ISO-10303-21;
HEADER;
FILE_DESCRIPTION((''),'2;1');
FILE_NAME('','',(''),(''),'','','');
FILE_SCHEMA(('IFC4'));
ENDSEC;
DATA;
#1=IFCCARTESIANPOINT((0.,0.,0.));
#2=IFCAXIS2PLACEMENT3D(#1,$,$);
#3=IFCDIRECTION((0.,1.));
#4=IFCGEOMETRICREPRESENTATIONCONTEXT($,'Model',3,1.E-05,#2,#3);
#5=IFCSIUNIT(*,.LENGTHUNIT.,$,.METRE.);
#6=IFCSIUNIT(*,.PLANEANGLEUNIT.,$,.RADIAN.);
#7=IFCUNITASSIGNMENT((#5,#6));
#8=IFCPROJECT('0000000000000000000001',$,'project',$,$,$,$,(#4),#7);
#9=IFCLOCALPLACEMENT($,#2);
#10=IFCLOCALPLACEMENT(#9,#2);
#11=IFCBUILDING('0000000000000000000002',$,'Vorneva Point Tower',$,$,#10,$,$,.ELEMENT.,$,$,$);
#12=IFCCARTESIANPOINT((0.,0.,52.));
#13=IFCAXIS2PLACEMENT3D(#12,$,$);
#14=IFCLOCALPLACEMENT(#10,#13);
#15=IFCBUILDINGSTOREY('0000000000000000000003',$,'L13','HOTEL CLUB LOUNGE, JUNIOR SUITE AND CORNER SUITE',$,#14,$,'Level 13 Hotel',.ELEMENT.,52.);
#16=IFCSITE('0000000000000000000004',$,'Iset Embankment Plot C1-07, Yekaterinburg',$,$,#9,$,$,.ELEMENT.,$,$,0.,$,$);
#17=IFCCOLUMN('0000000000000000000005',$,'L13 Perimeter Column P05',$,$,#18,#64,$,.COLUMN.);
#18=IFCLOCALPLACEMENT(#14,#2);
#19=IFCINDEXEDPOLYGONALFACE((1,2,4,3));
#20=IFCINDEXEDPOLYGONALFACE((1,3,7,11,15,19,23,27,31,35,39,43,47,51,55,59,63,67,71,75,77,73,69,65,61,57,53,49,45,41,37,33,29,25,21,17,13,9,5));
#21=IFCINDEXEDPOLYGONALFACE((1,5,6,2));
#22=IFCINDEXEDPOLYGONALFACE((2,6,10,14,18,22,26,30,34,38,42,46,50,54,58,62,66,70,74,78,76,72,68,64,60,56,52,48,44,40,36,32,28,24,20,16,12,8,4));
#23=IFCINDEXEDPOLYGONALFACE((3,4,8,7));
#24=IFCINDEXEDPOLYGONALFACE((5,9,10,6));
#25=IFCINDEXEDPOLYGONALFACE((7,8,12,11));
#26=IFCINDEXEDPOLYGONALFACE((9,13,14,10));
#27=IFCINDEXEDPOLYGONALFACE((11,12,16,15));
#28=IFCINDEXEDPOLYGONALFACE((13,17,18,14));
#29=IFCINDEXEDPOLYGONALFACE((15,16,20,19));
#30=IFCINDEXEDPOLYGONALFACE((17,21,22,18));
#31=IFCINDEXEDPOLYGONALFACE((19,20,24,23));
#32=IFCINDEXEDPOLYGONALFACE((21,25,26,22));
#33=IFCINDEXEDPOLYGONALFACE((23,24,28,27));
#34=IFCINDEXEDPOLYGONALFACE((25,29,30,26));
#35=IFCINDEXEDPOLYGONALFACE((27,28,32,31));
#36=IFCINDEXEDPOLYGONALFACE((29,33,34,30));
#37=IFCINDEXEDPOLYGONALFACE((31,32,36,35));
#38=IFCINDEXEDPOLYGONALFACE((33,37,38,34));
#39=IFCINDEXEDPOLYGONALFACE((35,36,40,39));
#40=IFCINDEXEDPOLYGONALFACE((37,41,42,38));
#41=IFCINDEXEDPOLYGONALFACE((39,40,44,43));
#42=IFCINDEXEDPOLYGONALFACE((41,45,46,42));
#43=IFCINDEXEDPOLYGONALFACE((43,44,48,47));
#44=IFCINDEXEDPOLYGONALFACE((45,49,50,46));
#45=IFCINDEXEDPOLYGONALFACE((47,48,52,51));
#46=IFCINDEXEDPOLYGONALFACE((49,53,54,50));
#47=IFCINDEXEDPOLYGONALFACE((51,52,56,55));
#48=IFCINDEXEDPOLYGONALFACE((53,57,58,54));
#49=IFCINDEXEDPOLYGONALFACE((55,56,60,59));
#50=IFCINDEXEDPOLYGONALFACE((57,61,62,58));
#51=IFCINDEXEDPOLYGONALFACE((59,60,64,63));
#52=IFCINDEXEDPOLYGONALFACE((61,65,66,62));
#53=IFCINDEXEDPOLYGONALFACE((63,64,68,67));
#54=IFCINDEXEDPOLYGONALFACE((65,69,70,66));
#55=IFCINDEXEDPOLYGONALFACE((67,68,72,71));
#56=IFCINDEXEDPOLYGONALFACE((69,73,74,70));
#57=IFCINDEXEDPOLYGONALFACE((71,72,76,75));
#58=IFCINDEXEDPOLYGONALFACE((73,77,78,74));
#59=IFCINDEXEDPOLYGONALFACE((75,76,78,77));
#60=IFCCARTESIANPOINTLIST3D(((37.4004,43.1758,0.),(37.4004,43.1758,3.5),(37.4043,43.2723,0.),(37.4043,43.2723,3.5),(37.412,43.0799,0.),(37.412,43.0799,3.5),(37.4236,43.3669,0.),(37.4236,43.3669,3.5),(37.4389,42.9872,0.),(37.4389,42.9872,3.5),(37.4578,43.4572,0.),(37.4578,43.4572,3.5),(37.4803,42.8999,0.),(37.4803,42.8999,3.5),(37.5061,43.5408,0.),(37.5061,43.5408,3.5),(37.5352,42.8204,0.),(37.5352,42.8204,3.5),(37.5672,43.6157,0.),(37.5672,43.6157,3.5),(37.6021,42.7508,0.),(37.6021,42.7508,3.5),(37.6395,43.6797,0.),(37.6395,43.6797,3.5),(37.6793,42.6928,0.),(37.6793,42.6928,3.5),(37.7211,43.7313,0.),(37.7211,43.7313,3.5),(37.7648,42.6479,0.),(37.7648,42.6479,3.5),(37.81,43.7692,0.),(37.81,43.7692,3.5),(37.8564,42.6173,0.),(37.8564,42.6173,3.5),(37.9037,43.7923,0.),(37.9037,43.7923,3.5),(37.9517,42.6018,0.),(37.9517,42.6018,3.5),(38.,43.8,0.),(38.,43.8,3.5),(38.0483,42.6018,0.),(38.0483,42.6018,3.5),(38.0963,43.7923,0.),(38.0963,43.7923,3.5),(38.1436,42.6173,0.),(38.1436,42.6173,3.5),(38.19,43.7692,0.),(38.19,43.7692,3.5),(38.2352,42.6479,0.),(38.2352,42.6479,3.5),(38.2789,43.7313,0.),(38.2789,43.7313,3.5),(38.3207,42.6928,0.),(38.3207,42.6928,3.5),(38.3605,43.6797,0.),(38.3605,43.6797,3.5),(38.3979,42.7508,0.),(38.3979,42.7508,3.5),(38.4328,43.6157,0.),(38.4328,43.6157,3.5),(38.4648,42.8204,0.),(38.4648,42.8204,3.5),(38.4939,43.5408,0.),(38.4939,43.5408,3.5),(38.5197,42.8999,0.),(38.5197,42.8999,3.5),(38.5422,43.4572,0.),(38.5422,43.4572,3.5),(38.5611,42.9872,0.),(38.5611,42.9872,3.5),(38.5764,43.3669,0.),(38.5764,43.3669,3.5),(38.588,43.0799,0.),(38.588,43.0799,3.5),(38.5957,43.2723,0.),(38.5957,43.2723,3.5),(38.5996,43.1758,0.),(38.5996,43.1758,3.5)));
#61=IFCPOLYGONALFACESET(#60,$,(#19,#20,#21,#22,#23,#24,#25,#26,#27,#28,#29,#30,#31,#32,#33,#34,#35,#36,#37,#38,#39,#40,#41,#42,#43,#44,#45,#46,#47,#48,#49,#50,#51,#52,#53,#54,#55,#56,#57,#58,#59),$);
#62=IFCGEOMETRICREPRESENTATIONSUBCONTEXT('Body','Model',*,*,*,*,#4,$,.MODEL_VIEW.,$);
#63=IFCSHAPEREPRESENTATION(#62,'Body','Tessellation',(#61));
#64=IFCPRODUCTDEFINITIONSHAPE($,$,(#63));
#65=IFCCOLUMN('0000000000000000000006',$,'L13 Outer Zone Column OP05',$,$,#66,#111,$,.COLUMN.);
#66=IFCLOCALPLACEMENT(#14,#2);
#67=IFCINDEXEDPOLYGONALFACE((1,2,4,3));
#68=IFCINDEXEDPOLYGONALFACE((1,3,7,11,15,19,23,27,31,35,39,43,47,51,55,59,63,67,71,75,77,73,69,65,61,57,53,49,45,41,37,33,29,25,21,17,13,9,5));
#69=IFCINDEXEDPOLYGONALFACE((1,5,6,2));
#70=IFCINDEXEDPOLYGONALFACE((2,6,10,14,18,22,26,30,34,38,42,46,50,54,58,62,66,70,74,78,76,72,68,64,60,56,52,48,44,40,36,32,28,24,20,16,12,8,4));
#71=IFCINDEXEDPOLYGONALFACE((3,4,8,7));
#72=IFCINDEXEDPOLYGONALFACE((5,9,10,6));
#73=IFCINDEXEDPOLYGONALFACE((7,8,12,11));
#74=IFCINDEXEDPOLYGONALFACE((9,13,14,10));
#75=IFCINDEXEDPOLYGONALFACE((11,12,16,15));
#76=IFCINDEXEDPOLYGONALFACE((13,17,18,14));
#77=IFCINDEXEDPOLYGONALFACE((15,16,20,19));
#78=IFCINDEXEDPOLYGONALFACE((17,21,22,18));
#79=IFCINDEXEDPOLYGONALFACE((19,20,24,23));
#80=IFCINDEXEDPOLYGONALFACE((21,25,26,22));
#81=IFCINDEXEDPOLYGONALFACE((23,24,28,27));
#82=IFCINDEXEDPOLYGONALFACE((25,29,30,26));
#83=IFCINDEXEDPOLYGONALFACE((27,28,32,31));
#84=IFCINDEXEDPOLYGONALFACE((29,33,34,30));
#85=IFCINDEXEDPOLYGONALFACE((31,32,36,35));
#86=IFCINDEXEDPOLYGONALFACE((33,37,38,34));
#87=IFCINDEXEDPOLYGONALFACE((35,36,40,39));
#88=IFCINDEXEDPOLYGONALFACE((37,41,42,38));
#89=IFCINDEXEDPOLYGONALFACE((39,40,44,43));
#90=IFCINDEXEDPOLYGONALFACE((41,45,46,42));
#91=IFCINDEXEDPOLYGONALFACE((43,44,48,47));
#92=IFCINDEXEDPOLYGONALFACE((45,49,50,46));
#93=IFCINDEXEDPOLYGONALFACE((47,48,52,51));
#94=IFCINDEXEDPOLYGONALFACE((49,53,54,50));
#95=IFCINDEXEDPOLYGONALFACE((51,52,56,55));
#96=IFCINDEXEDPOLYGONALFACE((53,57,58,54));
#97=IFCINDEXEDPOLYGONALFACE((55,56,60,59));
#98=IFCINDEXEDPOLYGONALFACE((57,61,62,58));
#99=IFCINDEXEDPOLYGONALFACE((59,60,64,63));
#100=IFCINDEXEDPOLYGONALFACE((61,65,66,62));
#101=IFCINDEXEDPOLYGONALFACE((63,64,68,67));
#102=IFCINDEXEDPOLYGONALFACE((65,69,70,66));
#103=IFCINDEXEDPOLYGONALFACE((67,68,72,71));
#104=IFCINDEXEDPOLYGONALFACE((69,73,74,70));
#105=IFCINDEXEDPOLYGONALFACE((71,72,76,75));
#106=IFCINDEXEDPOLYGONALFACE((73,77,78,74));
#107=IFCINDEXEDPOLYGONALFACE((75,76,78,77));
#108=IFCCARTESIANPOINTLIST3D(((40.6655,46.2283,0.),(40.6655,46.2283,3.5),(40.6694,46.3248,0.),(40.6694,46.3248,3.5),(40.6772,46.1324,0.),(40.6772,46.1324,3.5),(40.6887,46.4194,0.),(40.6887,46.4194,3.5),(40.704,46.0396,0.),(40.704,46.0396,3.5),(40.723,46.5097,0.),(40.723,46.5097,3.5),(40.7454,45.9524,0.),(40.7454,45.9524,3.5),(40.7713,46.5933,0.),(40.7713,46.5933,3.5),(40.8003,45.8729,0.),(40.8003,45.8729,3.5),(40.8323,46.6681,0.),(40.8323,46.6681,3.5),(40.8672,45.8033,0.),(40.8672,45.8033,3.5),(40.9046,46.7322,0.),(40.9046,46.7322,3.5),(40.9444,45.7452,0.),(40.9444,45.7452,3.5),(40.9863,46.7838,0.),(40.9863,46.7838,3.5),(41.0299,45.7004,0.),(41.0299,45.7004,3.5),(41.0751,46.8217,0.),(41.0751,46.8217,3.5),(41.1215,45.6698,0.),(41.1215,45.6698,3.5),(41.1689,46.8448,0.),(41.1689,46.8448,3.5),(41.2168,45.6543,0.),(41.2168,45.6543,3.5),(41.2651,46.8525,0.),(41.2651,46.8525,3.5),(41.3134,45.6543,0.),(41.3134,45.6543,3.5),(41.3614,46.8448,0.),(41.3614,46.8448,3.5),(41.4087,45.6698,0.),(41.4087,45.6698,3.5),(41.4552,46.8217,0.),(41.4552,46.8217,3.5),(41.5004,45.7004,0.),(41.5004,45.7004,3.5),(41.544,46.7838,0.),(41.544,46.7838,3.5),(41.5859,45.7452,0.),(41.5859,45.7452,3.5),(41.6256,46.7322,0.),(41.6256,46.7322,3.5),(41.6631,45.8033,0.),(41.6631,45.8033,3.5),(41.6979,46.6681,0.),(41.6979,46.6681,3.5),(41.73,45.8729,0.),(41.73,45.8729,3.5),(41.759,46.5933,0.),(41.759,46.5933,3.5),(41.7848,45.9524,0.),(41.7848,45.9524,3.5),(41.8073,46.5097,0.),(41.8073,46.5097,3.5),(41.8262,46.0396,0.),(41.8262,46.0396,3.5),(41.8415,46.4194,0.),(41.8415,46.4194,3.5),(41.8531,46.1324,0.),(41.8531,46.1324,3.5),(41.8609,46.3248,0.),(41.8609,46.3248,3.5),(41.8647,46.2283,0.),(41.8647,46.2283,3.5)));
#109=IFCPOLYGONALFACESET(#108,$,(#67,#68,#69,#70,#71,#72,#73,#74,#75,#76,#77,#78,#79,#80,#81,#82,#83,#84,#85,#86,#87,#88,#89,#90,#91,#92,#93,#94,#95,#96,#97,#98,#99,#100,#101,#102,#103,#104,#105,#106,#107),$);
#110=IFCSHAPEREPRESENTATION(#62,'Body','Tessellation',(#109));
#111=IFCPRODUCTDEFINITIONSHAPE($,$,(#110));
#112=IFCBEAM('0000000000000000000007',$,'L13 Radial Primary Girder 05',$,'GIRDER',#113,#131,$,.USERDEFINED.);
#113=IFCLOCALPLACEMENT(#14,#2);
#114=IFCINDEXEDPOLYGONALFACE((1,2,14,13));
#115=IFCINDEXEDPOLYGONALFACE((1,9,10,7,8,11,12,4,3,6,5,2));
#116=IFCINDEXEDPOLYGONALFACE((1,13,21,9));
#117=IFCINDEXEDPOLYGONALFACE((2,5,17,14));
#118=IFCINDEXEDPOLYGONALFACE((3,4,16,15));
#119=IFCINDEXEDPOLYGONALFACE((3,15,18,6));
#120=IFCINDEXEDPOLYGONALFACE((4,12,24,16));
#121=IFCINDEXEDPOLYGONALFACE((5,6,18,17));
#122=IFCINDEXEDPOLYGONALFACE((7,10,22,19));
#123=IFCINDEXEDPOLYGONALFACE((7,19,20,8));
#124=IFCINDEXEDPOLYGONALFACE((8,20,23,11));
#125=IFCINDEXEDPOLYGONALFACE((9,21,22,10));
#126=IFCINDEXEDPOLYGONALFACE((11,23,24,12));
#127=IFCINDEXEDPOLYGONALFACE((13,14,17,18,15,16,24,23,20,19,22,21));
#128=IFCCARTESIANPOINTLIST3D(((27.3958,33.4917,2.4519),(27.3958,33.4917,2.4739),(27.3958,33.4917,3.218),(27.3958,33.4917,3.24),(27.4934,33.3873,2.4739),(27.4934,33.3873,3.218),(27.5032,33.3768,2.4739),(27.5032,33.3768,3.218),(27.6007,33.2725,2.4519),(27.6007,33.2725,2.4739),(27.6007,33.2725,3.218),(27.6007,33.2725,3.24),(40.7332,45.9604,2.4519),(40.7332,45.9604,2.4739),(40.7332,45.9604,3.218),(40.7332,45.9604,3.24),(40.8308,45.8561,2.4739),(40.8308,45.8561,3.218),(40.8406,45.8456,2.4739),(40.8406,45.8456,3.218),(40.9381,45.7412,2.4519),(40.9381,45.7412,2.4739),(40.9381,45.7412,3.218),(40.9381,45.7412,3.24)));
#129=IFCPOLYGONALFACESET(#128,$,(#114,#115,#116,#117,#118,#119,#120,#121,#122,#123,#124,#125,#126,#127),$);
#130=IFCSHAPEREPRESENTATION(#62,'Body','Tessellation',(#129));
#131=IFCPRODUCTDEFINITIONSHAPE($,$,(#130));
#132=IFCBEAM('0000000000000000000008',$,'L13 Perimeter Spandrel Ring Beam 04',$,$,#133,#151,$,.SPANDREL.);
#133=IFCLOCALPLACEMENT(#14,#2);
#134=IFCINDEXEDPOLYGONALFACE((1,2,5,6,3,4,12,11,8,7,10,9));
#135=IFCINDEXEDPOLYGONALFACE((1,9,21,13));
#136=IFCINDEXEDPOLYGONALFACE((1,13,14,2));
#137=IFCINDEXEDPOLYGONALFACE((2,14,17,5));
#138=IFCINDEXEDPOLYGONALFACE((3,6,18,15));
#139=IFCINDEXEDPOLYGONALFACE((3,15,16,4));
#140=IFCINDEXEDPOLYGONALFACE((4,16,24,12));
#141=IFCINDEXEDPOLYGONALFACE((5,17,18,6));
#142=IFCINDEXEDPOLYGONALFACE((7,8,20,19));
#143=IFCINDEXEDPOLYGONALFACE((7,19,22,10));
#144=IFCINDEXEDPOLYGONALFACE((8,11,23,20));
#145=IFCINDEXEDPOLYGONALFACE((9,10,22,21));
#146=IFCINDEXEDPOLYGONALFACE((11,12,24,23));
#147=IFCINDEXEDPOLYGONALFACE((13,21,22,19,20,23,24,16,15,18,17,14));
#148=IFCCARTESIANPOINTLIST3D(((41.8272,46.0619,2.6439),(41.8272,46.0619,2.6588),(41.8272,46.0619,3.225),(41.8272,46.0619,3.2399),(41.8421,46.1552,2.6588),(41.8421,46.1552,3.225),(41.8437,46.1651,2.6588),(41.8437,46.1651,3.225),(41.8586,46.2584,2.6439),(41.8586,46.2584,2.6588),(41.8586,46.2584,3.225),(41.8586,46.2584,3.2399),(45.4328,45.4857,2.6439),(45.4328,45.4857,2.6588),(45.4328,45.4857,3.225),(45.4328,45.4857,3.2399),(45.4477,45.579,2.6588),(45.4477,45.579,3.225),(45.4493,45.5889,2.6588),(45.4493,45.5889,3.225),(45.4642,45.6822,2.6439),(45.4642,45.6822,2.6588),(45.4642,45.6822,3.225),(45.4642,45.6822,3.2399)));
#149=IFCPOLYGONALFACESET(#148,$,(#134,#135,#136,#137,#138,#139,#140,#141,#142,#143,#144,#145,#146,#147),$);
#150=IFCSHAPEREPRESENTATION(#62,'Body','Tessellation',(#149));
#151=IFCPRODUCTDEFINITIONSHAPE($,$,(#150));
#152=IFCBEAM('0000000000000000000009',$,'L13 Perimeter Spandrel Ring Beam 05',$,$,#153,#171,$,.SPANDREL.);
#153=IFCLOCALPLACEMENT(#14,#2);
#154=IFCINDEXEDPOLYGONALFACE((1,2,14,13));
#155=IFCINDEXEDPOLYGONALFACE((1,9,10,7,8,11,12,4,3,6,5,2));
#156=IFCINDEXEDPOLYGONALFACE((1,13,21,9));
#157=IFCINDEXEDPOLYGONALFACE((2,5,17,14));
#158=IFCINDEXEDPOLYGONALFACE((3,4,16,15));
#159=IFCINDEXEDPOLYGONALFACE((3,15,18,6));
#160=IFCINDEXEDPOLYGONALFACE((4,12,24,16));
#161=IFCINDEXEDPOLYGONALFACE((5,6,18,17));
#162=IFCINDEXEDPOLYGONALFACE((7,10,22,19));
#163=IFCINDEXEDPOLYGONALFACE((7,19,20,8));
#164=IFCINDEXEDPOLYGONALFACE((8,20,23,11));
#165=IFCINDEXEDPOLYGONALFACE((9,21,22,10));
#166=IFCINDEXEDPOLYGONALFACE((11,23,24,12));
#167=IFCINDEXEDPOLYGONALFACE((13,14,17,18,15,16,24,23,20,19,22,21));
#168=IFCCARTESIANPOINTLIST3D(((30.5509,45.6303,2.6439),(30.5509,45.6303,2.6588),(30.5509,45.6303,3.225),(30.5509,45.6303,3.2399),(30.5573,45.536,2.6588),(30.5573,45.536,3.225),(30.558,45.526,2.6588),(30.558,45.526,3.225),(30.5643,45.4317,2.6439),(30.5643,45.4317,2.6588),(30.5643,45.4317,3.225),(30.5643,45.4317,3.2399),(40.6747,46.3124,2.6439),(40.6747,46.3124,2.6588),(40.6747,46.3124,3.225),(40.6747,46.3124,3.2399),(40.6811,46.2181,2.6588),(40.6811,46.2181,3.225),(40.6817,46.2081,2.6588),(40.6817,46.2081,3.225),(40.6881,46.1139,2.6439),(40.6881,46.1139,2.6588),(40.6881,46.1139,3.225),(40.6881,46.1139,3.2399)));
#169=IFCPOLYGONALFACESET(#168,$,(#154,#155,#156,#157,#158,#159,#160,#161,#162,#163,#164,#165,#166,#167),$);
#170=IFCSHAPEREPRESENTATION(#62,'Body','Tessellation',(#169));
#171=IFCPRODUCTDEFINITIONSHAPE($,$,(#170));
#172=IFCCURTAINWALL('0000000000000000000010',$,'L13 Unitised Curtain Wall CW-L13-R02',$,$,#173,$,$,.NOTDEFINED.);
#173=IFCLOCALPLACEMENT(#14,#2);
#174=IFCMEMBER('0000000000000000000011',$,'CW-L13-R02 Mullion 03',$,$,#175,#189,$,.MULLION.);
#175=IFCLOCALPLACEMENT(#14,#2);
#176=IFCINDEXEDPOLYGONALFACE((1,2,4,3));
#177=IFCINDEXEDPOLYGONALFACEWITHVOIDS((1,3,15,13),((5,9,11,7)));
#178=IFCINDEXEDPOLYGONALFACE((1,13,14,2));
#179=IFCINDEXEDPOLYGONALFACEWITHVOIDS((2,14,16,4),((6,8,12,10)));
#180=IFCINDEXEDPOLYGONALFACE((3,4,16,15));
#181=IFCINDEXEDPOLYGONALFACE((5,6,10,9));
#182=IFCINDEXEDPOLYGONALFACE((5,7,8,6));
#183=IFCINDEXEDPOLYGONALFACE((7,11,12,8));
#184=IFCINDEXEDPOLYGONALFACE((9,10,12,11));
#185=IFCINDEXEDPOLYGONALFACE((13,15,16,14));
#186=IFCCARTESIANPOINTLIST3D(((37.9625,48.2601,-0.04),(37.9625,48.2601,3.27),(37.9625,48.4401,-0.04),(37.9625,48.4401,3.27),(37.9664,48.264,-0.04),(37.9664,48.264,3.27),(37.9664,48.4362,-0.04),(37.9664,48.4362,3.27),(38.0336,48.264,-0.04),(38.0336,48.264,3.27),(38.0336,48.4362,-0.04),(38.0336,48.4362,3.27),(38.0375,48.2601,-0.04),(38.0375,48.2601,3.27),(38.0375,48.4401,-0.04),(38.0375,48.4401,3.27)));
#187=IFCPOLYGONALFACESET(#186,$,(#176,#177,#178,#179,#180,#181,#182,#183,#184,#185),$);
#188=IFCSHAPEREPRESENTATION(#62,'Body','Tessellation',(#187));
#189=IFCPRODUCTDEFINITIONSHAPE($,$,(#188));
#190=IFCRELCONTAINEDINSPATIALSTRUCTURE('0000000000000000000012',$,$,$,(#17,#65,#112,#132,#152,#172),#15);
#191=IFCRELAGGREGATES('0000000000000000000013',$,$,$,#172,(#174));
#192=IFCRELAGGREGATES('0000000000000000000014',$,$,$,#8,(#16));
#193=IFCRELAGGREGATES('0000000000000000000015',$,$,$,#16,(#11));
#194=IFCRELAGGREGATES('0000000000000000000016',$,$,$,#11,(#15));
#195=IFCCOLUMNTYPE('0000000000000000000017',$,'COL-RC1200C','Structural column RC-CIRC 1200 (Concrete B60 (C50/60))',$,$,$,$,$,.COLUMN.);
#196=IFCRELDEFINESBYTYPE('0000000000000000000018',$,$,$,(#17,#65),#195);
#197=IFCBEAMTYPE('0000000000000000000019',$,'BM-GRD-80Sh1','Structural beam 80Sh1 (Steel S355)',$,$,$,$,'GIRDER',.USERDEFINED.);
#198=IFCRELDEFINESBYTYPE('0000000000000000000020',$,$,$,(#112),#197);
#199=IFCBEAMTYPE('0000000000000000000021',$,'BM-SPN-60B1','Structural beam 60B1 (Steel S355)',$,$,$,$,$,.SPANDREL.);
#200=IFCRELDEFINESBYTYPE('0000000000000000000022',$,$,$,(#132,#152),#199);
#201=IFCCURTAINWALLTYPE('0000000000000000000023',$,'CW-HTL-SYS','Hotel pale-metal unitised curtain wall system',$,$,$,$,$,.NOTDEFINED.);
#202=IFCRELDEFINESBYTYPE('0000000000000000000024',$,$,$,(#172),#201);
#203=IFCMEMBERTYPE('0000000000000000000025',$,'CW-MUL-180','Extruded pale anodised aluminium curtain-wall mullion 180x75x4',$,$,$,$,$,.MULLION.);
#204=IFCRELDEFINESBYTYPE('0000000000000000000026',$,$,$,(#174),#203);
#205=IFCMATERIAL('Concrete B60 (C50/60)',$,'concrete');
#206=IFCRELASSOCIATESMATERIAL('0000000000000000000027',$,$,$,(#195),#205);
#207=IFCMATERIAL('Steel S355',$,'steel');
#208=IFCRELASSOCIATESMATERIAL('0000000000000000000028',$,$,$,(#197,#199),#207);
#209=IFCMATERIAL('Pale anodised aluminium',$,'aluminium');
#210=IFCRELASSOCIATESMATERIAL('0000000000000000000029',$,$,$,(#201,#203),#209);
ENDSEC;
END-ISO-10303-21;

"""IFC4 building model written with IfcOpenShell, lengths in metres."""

from ifc_helpers import new_model, si_unit, direction, frame, origin, origin_2d, place, context, subcontext, project, spatial, hollow_rectangle, circle, i_section, extrude, material, material_profile, profile_set, type_object, element, aggregate, save


model = new_model("IFC4")

# Units and contexts
model_context = context("Model", 3, precision=1e-05, world=origin(), true_north=direction((0.0, 1.0)))
body_context = subcontext(model_context, "Body", "Model", "MODEL_VIEW")
ifc_project = project(units=[si_unit("LENGTHUNIT", "METRE"), si_unit("PLANEANGLEUNIT", "RADIAN")], contexts=[model_context])

# Site, building, storey
site_placement = place(None, origin())
site = spatial("IfcSite", under=ifc_project, at=site_placement, Name="Iset Embankment Plot C1-07, Yekaterinburg", CompositionType="ELEMENT", RefElevation=0.0)
building_placement = place(site_placement, origin())
building = spatial("IfcBuilding", under=site, at=building_placement, Name="Vorneva Point Tower", CompositionType="ELEMENT")
storey_placement = place(building_placement, frame((0.0, 0.0, 52.0)))
storey = spatial("IfcBuildingStorey", under=building, at=storey_placement, Name="L13", Description="HOTEL CLUB LOUNGE, JUNIOR SUITE AND CORNER SUITE", LongName="Level 13 Hotel", CompositionType="ELEMENT", Elevation=52.0)

# Columns
ifc_material_1 = material(Name="Concrete B60 (C50/60)", Category="concrete")
ifc_material_profile_1 = material_profile(ifc_material_1, circle(Radius=0.6001, at=origin_2d()), Name="RC-CIRC 1200")
ifc_profile_set_1 = profile_set([ifc_material_profile_1], Name="Concrete B60 (C50/60)")
column_type = type_object("IfcColumnType", Name="COL-RC1200C", Description="Structural column RC-CIRC 1200 (Concrete B60 (C50/60))", PredefinedType="COLUMN", material=ifc_profile_set_1)
for number, where, z_axis, x_axis, name in (
    (1, (38.0, 43.2, 0.0), (0.0, 0.0, 1.0), (0.0, 1.0, 0.0), "L13 Perimeter Column P05"),
    (2, (41.2651, 46.2524, 0.0), (0.0, 0.0, 1.0), (0.0, 1.0, 0.0), "L13 Outer Zone Column OP05"),
):
    element("IfcColumn", number, at=place(storey_placement, frame(where, z_axis=z_axis, x_axis=x_axis)), inside=storey, type_object=column_type, Name=name, PredefinedType="COLUMN", context=body_context, shape_type="SweptSolid", body=[
        extrude(circle(Radius=0.6001, at=origin_2d()), origin(), (0.0, 0.0, 1.0), 3.5),
    ])

# Beams
ifc_material_2 = material(Name="Steel S355", Category="steel")
ifc_material_profile_2 = material_profile(ifc_material_2, i_section(OverallWidth=0.3, OverallDepth=0.7881, WebThickness=0.0144, FlangeThickness=0.022, at=origin_2d()), Name="80Sh1")
ifc_profile_set_2 = profile_set([ifc_material_profile_2], Name="Steel S355")
beam_type_1 = type_object("IfcBeamType", Name="BM-GRD-80Sh1", Description="Structural beam 80Sh1 (Steel S355)", ElementType="GIRDER", PredefinedType="USERDEFINED", material=ifc_profile_set_2)
beam_1_placement = place(storey_placement, frame((40.8357, 45.8508, 2.8459), z_axis=(-0.730495, -0.682918, 0.0), x_axis=(0.682918, -0.730495, 0.0)))
element("IfcBeam", 3, at=beam_1_placement, inside=storey, type_object=beam_type_1, Name="L13 Radial Primary Girder 05", ObjectType="GIRDER", PredefinedType="USERDEFINED", context=body_context, shape_type="SweptSolid", body=[
    extrude(i_section(OverallWidth=0.3, OverallDepth=0.7881, WebThickness=0.0144, FlangeThickness=0.022, at=origin_2d()), origin(), (0.0, 0.0, 1.0), 18.2581),
])
ifc_material_profile_3 = material_profile(ifc_material_2, i_section(OverallWidth=0.199, OverallDepth=0.5959, WebThickness=0.01, FlangeThickness=0.0149, at=origin_2d()), Name="60B1")
ifc_profile_set_3 = profile_set([ifc_material_profile_3], Name="Steel S355")
beam_type_2 = type_object("IfcBeamType", Name="BM-SPN-60B1", Description="Structural beam 60B1 (Steel S355)", PredefinedType="SPANDREL", material=ifc_profile_set_3)
beam_2_placement = place(storey_placement, frame((45.4485, 45.584, 2.9419), z_axis=(-0.987472, 0.157792, 0.0), x_axis=(-0.157792, -0.987472, 0.0)))
element("IfcBeam", 4, at=beam_2_placement, inside=storey, type_object=beam_type_2, Name="L13 Perimeter Spandrel Ring Beam 04", PredefinedType="SPANDREL", context=body_context, shape_type="SweptSolid", body=[
    extrude(i_section(OverallWidth=0.199, OverallDepth=0.5959, WebThickness=0.01, FlangeThickness=0.0149, at=origin_2d()), origin(), (0.0, 0.0, 1.0), 3.6514),
])
beam_3_placement = place(storey_placement, frame((40.6814, 46.2131, 2.9419), z_axis=(-0.997738, -0.067226, 0.0), x_axis=(0.067226, -0.997738, 0.0)))
element("IfcBeam", 5, at=beam_3_placement, inside=storey, type_object=beam_type_2, Name="L13 Perimeter Spandrel Ring Beam 05", PredefinedType="SPANDREL", context=body_context, shape_type="SweptSolid", body=[
    extrude(i_section(OverallWidth=0.199, OverallDepth=0.5959, WebThickness=0.01, FlangeThickness=0.0149, at=origin_2d()), origin(), (0.0, 0.0, 1.0), 10.1467),
])

# Curtain wall, member
ifc_material_3 = material(Name="Pale anodised aluminium", Category="aluminium")
curtain_wall_type = type_object("IfcCurtainWallType", Name="CW-HTL-SYS", Description="Hotel pale-metal unitised curtain wall system", PredefinedType="NOTDEFINED", material=ifc_material_3)
curtain_wall_placement = place(storey_placement, origin())
curtain_wall = element("IfcCurtainWall", 6, at=curtain_wall_placement, inside=storey, type_object=curtain_wall_type, Name="L13 Unitised Curtain Wall CW-L13-R02", PredefinedType="NOTDEFINED")
ifc_material_profile_4 = material_profile(ifc_material_3, hollow_rectangle(XDim=0.075, YDim=0.1799, WallThickness=0.0039, at=origin_2d()), Name="AL-MUL 180x75x4")
ifc_profile_set_4 = profile_set([ifc_material_profile_4], Name="Pale anodised aluminium")
member_type_1 = type_object("IfcMemberType", Name="CW-MUL-180", Description="Extruded pale anodised aluminium curtain-wall mullion 180x75x4", PredefinedType="MULLION", material=ifc_profile_set_4)
member_1_placement = place(storey_placement, frame((38.0, 48.3501, -0.04), z_axis=(0.0, 0.0, 1.0), x_axis=(1.0, 0.0, 0.0)))
member_1 = element("IfcMember", 7, at=member_1_placement, type_object=member_type_1, Name="CW-L13-R02 Mullion 03", PredefinedType="MULLION", context=body_context, shape_type="SweptSolid", body=[
    extrude(hollow_rectangle(XDim=0.075, YDim=0.1799, WallThickness=0.0039, at=origin_2d()), origin(), (0.0, 0.0, 1.0), 3.3101),
])
aggregate(curtain_wall, [member_1])

save(model, "model.ifc")
